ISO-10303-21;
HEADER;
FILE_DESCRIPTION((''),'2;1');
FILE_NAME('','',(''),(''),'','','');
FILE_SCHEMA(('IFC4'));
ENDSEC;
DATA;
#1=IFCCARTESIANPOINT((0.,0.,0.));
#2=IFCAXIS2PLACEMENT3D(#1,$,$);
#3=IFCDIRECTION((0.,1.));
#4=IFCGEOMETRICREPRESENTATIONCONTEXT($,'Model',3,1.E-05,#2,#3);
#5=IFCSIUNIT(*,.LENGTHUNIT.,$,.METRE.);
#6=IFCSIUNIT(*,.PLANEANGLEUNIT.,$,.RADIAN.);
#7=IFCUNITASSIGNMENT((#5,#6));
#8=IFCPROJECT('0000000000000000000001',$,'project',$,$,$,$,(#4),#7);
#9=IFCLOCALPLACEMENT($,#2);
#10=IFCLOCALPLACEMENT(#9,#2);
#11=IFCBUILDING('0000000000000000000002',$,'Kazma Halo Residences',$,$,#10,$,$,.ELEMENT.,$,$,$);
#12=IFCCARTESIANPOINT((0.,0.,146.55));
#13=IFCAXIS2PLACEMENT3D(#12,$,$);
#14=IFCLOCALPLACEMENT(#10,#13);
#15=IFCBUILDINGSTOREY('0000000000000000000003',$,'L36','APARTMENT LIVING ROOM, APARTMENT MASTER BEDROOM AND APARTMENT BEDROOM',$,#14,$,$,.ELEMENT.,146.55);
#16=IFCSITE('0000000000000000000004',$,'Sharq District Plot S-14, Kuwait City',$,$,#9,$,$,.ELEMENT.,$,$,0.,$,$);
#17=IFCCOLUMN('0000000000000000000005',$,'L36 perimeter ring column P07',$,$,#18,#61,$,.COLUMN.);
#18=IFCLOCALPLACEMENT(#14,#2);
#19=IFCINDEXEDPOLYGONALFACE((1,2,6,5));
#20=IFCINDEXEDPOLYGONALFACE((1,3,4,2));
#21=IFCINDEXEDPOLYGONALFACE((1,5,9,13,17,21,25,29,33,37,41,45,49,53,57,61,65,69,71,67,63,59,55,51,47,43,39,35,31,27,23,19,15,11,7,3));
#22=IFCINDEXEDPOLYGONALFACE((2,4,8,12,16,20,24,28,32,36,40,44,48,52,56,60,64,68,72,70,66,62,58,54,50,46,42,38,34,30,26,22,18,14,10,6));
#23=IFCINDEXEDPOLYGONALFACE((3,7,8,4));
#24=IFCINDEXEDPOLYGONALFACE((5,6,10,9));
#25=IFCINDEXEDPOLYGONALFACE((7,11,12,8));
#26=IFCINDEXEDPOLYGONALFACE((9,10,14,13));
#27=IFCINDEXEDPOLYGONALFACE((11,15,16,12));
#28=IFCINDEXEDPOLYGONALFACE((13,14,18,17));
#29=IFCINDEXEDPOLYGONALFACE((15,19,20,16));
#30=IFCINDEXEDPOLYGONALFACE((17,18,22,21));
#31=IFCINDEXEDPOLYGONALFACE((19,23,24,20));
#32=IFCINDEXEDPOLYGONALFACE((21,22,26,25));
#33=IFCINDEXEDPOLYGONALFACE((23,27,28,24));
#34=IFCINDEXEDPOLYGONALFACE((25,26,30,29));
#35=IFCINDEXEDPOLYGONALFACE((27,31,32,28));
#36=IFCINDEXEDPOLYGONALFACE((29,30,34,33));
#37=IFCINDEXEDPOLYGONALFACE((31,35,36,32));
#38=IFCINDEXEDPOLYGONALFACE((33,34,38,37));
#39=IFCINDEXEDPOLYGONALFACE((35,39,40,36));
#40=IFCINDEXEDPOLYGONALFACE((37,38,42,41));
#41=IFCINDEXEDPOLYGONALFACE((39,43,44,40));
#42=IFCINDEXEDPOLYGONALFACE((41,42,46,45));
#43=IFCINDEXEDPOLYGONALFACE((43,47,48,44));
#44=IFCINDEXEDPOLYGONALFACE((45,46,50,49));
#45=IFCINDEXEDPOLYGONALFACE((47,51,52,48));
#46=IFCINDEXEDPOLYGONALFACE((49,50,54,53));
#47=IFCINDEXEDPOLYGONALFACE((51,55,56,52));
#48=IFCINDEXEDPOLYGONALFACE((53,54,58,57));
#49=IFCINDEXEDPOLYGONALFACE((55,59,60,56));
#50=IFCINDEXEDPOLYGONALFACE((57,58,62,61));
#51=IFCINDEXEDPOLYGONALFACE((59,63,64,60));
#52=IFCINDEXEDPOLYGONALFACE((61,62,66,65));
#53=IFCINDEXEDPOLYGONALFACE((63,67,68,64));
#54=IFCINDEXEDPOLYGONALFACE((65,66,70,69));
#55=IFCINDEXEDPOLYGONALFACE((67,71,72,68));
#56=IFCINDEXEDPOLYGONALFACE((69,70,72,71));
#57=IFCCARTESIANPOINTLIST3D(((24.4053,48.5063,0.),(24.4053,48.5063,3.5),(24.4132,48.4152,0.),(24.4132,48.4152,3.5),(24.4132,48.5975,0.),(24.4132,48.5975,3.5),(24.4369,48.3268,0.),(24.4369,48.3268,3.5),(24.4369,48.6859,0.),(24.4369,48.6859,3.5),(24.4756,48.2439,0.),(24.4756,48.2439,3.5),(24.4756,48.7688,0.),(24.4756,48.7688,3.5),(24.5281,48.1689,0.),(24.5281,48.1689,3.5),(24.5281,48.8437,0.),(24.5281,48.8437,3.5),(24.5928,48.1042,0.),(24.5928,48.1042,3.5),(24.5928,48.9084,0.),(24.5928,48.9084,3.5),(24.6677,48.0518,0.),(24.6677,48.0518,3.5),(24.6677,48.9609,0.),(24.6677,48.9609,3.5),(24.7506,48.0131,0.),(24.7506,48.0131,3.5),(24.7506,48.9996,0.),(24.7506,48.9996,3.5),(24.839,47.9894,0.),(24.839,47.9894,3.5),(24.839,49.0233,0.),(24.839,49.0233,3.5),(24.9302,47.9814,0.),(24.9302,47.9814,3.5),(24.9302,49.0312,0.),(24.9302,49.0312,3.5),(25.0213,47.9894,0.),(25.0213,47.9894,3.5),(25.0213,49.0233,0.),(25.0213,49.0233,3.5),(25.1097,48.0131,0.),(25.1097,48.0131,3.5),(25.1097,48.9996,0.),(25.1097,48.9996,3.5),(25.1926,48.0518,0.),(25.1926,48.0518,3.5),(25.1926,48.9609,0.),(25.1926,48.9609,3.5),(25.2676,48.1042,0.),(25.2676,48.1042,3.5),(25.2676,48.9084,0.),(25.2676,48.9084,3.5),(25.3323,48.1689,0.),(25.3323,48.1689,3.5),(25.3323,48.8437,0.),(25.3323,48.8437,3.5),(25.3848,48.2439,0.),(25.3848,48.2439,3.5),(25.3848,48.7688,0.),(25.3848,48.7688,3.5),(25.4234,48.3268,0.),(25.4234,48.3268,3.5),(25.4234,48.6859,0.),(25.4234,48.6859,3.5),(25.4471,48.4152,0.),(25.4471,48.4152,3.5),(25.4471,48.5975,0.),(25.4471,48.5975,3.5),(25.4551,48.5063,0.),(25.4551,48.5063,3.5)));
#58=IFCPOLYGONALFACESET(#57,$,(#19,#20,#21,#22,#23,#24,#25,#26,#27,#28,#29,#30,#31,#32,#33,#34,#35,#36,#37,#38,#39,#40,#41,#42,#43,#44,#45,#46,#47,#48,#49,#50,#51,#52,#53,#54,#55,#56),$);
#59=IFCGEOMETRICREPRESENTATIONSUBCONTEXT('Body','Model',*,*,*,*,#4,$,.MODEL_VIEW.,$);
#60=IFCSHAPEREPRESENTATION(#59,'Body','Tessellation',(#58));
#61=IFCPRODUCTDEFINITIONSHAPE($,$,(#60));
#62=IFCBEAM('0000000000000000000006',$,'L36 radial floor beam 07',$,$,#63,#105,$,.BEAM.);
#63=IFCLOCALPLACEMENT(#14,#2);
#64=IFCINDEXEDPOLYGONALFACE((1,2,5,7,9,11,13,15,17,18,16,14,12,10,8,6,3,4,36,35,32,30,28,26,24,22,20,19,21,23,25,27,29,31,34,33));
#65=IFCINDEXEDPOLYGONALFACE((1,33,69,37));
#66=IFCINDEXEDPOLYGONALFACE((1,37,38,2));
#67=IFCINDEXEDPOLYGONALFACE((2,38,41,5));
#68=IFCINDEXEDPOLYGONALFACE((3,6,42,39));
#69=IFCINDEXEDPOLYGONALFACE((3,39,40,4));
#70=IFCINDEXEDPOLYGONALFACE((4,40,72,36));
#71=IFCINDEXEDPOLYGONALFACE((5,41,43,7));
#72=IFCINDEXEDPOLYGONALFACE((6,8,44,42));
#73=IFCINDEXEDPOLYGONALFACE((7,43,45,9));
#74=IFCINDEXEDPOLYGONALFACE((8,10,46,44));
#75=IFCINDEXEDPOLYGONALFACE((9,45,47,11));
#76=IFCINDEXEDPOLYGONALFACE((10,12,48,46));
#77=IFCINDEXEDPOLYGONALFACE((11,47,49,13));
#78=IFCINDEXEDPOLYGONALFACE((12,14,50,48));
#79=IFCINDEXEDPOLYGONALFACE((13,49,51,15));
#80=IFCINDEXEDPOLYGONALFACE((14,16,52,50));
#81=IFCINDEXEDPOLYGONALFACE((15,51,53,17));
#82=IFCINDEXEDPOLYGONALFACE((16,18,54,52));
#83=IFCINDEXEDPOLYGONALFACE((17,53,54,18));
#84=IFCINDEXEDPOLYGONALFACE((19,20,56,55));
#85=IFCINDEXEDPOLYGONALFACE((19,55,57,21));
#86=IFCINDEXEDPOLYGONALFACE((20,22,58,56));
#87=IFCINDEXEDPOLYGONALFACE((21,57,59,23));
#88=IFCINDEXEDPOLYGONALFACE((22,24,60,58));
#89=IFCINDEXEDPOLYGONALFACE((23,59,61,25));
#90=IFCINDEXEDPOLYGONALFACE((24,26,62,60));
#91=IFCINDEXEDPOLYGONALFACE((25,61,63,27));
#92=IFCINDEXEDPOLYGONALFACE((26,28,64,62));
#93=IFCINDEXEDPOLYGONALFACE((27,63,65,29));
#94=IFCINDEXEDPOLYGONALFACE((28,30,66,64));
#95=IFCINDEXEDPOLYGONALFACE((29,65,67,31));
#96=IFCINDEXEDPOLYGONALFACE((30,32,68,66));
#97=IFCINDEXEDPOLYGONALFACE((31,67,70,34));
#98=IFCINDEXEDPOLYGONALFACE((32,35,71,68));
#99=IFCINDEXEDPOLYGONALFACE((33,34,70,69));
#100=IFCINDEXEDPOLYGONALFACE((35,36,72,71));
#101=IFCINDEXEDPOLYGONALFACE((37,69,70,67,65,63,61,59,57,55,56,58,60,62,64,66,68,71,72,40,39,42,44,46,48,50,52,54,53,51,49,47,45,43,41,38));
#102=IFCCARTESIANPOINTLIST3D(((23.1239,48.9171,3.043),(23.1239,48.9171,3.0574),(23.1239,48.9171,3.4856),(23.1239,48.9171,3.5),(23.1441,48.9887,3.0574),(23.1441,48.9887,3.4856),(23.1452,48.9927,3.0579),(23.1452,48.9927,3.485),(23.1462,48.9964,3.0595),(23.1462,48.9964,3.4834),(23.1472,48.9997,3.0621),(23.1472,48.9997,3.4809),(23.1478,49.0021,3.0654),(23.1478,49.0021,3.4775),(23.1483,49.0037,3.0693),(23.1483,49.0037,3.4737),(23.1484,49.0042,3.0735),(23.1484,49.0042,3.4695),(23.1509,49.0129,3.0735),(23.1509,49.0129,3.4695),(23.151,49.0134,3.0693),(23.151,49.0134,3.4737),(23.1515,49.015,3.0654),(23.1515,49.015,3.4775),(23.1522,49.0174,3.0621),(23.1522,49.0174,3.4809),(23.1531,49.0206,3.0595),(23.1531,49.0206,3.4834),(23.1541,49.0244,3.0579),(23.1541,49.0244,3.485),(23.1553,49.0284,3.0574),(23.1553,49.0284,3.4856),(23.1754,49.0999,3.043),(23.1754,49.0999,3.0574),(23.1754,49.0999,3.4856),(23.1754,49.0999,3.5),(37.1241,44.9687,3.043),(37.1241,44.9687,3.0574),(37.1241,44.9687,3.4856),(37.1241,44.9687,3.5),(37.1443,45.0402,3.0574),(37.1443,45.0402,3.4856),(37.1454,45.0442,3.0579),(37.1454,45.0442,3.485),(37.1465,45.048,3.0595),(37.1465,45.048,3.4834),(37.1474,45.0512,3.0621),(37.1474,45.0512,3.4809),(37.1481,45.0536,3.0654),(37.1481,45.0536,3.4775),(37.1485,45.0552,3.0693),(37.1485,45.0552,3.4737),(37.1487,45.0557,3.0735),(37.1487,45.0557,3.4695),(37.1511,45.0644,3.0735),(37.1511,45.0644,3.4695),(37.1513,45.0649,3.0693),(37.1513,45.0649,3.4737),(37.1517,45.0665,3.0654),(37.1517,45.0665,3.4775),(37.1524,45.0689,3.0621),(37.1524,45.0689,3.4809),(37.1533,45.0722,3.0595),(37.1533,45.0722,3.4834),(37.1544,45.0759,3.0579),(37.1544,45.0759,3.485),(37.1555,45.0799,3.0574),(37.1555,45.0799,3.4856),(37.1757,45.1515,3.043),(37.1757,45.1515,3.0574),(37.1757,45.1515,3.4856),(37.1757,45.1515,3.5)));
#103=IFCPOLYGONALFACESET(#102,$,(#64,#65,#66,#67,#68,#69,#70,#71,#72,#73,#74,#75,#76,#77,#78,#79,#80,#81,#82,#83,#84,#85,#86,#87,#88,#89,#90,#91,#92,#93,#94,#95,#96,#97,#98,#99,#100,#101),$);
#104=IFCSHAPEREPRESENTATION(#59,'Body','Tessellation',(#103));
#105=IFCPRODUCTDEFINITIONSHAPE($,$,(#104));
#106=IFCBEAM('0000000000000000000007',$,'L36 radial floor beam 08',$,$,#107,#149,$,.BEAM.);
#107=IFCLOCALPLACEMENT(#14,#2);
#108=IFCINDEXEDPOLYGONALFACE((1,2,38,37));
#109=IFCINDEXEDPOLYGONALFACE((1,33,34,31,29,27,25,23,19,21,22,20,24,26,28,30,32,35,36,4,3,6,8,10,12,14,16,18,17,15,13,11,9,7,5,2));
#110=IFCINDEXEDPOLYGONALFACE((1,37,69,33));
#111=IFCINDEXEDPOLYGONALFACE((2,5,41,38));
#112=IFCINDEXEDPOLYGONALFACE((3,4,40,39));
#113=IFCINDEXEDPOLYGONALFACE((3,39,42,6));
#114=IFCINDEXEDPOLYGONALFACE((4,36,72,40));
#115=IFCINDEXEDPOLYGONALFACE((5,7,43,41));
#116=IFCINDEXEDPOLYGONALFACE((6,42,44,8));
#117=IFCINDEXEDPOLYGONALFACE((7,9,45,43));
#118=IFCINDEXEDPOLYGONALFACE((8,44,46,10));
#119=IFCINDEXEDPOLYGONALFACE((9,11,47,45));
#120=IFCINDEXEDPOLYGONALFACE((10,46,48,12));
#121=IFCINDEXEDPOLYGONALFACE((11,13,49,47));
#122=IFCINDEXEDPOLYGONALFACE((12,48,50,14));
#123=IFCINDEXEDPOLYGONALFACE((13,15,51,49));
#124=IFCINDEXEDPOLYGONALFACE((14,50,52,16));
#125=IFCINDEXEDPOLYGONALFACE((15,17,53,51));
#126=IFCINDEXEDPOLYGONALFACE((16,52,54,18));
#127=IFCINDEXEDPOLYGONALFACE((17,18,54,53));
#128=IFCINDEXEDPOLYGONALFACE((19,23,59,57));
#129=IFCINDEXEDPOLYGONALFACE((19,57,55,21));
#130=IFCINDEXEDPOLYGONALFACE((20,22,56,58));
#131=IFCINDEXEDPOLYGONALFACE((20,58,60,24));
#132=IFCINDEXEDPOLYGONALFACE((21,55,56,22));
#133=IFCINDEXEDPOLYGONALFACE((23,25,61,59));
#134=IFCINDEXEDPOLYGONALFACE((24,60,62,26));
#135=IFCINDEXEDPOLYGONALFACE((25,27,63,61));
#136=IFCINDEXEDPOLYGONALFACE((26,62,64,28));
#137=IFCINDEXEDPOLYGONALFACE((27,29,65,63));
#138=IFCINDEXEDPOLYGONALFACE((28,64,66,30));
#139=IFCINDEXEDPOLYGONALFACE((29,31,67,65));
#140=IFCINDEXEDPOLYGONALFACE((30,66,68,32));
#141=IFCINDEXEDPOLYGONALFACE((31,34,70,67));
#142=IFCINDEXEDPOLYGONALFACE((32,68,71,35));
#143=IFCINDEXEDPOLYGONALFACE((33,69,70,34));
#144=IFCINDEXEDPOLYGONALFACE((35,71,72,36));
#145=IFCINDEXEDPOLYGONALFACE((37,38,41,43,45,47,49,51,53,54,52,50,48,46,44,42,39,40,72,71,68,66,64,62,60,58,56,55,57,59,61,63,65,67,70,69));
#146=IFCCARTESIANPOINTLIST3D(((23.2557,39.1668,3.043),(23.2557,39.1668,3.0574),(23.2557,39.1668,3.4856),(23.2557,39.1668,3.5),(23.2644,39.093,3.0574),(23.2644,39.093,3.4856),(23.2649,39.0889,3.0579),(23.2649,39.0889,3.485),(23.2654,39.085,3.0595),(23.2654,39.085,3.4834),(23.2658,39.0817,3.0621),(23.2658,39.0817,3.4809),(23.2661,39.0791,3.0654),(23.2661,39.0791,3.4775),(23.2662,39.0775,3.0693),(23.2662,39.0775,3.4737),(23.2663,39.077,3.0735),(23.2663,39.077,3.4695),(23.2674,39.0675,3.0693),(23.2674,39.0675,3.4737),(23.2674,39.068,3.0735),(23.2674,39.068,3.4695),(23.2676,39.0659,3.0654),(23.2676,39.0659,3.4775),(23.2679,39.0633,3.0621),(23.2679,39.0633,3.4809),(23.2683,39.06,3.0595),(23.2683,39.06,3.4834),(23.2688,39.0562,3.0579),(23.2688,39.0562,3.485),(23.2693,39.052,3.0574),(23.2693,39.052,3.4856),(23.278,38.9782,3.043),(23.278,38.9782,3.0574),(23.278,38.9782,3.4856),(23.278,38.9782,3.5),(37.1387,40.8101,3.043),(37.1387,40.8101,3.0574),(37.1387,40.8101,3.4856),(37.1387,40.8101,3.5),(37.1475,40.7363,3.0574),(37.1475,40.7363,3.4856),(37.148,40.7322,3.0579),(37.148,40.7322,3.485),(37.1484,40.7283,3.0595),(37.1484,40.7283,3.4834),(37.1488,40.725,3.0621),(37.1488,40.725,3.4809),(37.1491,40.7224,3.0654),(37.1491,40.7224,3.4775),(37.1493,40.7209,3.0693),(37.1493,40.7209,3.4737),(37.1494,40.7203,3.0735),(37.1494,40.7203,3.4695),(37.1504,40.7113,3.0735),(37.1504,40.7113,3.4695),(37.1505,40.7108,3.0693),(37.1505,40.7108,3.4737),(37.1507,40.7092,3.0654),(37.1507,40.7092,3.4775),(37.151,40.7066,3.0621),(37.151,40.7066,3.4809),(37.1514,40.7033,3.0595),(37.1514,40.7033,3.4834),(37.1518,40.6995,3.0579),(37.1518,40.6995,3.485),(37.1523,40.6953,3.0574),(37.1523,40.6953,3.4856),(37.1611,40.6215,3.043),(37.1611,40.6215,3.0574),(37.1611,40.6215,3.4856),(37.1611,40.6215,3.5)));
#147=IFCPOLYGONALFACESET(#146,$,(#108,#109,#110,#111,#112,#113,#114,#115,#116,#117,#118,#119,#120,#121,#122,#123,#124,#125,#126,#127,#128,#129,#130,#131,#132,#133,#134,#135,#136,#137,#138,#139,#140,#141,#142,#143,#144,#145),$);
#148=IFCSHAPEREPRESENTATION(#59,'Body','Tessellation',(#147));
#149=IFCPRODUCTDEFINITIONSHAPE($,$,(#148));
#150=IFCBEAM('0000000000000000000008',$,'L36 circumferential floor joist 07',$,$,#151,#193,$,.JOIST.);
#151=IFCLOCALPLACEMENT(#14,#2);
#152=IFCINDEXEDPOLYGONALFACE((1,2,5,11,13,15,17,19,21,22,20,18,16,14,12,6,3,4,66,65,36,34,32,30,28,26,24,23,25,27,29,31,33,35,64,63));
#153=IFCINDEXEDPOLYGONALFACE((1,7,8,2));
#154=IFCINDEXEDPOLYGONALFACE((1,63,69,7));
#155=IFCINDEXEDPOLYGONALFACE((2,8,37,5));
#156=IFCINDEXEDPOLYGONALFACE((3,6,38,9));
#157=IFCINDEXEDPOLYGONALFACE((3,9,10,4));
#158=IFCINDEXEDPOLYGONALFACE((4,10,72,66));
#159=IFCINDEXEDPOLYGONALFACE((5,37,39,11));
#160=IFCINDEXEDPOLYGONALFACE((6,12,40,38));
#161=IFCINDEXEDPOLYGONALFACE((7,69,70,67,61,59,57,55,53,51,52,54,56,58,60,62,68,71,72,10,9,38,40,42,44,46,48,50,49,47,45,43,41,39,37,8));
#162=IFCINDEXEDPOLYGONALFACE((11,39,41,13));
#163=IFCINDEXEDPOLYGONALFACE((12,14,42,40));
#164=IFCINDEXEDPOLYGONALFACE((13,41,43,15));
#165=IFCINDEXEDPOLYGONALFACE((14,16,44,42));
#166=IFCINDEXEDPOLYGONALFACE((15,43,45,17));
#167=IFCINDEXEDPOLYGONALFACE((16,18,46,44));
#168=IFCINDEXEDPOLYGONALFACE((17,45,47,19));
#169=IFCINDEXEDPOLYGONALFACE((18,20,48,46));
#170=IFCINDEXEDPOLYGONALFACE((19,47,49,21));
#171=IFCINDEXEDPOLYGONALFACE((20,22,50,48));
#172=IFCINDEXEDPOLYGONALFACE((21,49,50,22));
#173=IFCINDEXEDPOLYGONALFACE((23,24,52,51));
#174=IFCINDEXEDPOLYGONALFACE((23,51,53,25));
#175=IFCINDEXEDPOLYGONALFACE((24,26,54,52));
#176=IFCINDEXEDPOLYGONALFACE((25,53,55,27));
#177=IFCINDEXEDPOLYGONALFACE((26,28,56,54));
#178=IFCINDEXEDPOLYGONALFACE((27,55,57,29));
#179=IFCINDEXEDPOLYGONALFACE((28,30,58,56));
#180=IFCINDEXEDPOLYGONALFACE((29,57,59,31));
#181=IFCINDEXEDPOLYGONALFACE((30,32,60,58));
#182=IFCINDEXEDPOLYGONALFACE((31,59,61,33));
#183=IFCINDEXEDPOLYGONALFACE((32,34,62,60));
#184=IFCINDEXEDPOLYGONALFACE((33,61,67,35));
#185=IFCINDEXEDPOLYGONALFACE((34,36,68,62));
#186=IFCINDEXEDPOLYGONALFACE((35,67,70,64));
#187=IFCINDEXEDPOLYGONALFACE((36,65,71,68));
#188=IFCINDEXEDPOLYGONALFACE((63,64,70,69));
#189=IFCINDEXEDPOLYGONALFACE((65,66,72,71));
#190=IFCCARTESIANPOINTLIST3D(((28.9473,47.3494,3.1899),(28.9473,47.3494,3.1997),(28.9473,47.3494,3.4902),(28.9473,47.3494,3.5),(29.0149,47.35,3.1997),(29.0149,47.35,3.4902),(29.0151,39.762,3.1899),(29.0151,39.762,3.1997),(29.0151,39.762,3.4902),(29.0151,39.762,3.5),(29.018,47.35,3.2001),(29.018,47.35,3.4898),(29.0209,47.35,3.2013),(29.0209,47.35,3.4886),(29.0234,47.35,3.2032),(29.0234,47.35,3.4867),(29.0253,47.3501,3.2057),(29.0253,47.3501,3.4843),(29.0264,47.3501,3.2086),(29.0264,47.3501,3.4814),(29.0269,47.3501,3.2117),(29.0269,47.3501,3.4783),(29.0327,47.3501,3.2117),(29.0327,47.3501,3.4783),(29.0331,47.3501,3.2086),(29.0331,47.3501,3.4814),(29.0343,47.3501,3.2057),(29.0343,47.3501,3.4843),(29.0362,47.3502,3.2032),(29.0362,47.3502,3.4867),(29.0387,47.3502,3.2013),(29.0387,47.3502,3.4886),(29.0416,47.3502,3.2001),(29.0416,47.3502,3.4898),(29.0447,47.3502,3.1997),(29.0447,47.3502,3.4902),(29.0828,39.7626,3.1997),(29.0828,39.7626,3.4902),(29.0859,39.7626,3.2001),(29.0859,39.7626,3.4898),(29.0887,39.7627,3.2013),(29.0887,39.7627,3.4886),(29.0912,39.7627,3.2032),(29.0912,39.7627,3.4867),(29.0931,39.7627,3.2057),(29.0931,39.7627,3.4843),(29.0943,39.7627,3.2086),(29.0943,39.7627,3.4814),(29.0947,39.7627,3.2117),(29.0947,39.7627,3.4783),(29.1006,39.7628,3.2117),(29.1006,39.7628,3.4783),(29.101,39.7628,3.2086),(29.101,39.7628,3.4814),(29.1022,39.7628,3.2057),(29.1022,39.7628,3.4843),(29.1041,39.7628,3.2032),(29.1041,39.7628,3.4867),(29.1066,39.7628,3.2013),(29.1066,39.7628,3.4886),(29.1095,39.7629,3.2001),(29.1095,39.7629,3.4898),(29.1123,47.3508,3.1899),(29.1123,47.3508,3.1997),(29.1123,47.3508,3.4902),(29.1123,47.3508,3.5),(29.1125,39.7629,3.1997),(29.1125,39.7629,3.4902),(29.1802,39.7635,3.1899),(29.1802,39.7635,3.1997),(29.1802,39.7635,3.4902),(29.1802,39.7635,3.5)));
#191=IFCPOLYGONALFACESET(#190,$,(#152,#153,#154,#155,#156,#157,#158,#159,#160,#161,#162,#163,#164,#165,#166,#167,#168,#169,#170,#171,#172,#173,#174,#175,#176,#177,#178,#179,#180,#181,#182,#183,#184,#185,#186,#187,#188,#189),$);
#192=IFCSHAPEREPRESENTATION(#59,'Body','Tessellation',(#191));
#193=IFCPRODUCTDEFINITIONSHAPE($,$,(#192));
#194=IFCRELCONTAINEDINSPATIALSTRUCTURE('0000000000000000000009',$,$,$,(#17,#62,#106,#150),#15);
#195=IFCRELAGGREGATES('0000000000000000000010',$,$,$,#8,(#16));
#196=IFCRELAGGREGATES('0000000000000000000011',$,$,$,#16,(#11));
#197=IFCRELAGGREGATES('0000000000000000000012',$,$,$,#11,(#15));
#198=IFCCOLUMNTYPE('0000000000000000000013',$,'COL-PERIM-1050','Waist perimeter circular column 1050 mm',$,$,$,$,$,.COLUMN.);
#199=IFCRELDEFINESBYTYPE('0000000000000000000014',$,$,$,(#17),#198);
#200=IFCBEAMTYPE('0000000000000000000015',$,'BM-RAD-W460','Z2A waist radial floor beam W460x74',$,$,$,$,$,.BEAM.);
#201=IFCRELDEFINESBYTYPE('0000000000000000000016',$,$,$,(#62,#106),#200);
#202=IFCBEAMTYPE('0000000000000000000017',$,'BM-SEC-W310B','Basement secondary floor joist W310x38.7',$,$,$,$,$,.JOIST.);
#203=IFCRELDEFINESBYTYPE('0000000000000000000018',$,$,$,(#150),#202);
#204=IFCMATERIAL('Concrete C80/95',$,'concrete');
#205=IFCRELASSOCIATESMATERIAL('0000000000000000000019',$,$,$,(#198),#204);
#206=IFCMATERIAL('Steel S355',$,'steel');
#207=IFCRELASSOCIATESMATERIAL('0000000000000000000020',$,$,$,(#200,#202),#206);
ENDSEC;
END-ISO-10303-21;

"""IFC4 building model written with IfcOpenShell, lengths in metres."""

from ifc_helpers import new_model, si_unit, direction, frame, origin, origin_2d, place, context, subcontext, project, spatial, circle, i_section, extrude, material, material_profile, profile_set, type_object, element, save


model = new_model("IFC4")

# Units and contexts
model_context = context("Model", 3, precision=1e-05, world=origin(), true_north=direction((0.0, 1.0)))
body_context = subcontext(model_context, "Body", "Model", "MODEL_VIEW")
ifc_project = project(units=[si_unit("LENGTHUNIT", "METRE"), si_unit("PLANEANGLEUNIT", "RADIAN")], contexts=[model_context])

# Site, building, storey
site_placement = place(None, origin())
site = spatial("IfcSite", under=ifc_project, at=site_placement, Name="Sharq District Plot S-14, Kuwait City", CompositionType="ELEMENT", RefElevation=0.0)
building_placement = place(site_placement, origin())
building = spatial("IfcBuilding", under=site, at=building_placement, Name="Kazma Halo Residences", CompositionType="ELEMENT")
storey_placement = place(building_placement, frame((0.0, 0.0, 146.55)))
storey = spatial("IfcBuildingStorey", under=building, at=storey_placement, Name="L36", Description="APARTMENT LIVING ROOM, APARTMENT MASTER BEDROOM AND APARTMENT BEDROOM", CompositionType="ELEMENT", Elevation=146.55)

# Column
ifc_material_1 = material(Name="Concrete C80/95", Category="concrete")
ifc_material_profile_1 = material_profile(ifc_material_1, circle(Radius=0.5249, at=origin_2d()), Name="CIRC1050")
ifc_profile_set_1 = profile_set([ifc_material_profile_1], Name="Concrete C80/95")
column_type = type_object("IfcColumnType", Name="COL-PERIM-1050", Description="Waist perimeter circular column 1050 mm", PredefinedType="COLUMN", material=ifc_profile_set_1)
column_placement = place(storey_placement, frame((24.9302, 48.5063, 0.0), z_axis=(0.0, 0.0, 1.0), x_axis=(1.0, 0.0, 0.0)))
element("IfcColumn", 1, at=column_placement, inside=storey, type_object=column_type, Name="L36 perimeter ring column P07", PredefinedType="COLUMN", context=body_context, shape_type="SweptSolid", body=[
    extrude(circle(Radius=0.5249, at=origin_2d()), origin(), (0.0, 0.0, 1.0), 3.5),
])

# Beams
ifc_material_2 = material(Name="Steel S355", Category="steel")
ifc_material_profile_2 = material_profile(ifc_material_2, i_section(OverallWidth=0.1899, OverallDepth=0.457, WebThickness=0.009, FlangeThickness=0.0144, FilletRadius=0.0161, at=origin_2d()), Name="W460x74")
ifc_profile_set_2 = profile_set([ifc_material_profile_2], Name="Steel S355")
beam_type_1 = type_object("IfcBeamType", Name="BM-RAD-W460", Description="Z2A waist radial floor beam W460x74", PredefinedType="BEAM", material=ifc_profile_set_2)
beam_1_placement = place(storey_placement, frame((37.1499, 45.0601, 3.2715), z_axis=(-0.962455, 0.271441, 0.0), x_axis=(-0.271441, -0.962455, 0.0)))
element("IfcBeam", 2, at=beam_1_placement, inside=storey, type_object=beam_type_1, Name="L36 radial floor beam 07", PredefinedType="BEAM", context=body_context, shape_type="SweptSolid", body=[
    extrude(i_section(OverallWidth=0.1899, OverallDepth=0.457, WebThickness=0.009, FlangeThickness=0.0144, FilletRadius=0.0161, at=origin_2d()), origin(), (0.0, 0.0, 1.0), 14.5464),
])
beam_2_placement = place(storey_placement, frame((37.1499, 40.7158, 3.2715), z_axis=(-0.993067, -0.117547, 0.0), x_axis=(0.117547, -0.993067, 0.0)))
element("IfcBeam", 3, at=beam_2_placement, inside=storey, type_object=beam_type_1, Name="L36 radial floor beam 08", PredefinedType="BEAM", context=body_context, shape_type="SweptSolid", body=[
    extrude(i_section(OverallWidth=0.1899, OverallDepth=0.457, WebThickness=0.009, FlangeThickness=0.0144, FilletRadius=0.0161, at=origin_2d()), origin(), (0.0, 0.0, 1.0), 13.98),
])
ifc_material_profile_3 = material_profile(ifc_material_2, i_section(OverallWidth=0.165, OverallDepth=0.3101, WebThickness=0.0059, FlangeThickness=0.0098, FilletRadius=0.012, at=origin_2d()), Name="W310x38.7")
ifc_profile_set_3 = profile_set([ifc_material_profile_3], Name="Steel S355")
beam_type_2 = type_object("IfcBeamType", Name="BM-SEC-W310B", Description="Basement secondary floor joist W310x38.7", PredefinedType="JOIST", material=ifc_profile_set_3)
beam_3_placement = place(storey_placement, frame((29.0298, 47.3501, 3.345), z_axis=(0.008945, -0.99996, 0.0), x_axis=(0.99996, 0.008945, 0.0)))
element("IfcBeam", 4, at=beam_3_placement, inside=storey, type_object=beam_type_2, Name="L36 circumferential floor joist 07", PredefinedType="JOIST", context=body_context, shape_type="SweptSolid", body=[
    extrude(i_section(OverallWidth=0.165, OverallDepth=0.3101, WebThickness=0.0059, FlangeThickness=0.0098, FilletRadius=0.012, at=origin_2d()), origin(), (0.0, 0.0, 1.0), 7.5876),
])

save(model, "model.ifc")
